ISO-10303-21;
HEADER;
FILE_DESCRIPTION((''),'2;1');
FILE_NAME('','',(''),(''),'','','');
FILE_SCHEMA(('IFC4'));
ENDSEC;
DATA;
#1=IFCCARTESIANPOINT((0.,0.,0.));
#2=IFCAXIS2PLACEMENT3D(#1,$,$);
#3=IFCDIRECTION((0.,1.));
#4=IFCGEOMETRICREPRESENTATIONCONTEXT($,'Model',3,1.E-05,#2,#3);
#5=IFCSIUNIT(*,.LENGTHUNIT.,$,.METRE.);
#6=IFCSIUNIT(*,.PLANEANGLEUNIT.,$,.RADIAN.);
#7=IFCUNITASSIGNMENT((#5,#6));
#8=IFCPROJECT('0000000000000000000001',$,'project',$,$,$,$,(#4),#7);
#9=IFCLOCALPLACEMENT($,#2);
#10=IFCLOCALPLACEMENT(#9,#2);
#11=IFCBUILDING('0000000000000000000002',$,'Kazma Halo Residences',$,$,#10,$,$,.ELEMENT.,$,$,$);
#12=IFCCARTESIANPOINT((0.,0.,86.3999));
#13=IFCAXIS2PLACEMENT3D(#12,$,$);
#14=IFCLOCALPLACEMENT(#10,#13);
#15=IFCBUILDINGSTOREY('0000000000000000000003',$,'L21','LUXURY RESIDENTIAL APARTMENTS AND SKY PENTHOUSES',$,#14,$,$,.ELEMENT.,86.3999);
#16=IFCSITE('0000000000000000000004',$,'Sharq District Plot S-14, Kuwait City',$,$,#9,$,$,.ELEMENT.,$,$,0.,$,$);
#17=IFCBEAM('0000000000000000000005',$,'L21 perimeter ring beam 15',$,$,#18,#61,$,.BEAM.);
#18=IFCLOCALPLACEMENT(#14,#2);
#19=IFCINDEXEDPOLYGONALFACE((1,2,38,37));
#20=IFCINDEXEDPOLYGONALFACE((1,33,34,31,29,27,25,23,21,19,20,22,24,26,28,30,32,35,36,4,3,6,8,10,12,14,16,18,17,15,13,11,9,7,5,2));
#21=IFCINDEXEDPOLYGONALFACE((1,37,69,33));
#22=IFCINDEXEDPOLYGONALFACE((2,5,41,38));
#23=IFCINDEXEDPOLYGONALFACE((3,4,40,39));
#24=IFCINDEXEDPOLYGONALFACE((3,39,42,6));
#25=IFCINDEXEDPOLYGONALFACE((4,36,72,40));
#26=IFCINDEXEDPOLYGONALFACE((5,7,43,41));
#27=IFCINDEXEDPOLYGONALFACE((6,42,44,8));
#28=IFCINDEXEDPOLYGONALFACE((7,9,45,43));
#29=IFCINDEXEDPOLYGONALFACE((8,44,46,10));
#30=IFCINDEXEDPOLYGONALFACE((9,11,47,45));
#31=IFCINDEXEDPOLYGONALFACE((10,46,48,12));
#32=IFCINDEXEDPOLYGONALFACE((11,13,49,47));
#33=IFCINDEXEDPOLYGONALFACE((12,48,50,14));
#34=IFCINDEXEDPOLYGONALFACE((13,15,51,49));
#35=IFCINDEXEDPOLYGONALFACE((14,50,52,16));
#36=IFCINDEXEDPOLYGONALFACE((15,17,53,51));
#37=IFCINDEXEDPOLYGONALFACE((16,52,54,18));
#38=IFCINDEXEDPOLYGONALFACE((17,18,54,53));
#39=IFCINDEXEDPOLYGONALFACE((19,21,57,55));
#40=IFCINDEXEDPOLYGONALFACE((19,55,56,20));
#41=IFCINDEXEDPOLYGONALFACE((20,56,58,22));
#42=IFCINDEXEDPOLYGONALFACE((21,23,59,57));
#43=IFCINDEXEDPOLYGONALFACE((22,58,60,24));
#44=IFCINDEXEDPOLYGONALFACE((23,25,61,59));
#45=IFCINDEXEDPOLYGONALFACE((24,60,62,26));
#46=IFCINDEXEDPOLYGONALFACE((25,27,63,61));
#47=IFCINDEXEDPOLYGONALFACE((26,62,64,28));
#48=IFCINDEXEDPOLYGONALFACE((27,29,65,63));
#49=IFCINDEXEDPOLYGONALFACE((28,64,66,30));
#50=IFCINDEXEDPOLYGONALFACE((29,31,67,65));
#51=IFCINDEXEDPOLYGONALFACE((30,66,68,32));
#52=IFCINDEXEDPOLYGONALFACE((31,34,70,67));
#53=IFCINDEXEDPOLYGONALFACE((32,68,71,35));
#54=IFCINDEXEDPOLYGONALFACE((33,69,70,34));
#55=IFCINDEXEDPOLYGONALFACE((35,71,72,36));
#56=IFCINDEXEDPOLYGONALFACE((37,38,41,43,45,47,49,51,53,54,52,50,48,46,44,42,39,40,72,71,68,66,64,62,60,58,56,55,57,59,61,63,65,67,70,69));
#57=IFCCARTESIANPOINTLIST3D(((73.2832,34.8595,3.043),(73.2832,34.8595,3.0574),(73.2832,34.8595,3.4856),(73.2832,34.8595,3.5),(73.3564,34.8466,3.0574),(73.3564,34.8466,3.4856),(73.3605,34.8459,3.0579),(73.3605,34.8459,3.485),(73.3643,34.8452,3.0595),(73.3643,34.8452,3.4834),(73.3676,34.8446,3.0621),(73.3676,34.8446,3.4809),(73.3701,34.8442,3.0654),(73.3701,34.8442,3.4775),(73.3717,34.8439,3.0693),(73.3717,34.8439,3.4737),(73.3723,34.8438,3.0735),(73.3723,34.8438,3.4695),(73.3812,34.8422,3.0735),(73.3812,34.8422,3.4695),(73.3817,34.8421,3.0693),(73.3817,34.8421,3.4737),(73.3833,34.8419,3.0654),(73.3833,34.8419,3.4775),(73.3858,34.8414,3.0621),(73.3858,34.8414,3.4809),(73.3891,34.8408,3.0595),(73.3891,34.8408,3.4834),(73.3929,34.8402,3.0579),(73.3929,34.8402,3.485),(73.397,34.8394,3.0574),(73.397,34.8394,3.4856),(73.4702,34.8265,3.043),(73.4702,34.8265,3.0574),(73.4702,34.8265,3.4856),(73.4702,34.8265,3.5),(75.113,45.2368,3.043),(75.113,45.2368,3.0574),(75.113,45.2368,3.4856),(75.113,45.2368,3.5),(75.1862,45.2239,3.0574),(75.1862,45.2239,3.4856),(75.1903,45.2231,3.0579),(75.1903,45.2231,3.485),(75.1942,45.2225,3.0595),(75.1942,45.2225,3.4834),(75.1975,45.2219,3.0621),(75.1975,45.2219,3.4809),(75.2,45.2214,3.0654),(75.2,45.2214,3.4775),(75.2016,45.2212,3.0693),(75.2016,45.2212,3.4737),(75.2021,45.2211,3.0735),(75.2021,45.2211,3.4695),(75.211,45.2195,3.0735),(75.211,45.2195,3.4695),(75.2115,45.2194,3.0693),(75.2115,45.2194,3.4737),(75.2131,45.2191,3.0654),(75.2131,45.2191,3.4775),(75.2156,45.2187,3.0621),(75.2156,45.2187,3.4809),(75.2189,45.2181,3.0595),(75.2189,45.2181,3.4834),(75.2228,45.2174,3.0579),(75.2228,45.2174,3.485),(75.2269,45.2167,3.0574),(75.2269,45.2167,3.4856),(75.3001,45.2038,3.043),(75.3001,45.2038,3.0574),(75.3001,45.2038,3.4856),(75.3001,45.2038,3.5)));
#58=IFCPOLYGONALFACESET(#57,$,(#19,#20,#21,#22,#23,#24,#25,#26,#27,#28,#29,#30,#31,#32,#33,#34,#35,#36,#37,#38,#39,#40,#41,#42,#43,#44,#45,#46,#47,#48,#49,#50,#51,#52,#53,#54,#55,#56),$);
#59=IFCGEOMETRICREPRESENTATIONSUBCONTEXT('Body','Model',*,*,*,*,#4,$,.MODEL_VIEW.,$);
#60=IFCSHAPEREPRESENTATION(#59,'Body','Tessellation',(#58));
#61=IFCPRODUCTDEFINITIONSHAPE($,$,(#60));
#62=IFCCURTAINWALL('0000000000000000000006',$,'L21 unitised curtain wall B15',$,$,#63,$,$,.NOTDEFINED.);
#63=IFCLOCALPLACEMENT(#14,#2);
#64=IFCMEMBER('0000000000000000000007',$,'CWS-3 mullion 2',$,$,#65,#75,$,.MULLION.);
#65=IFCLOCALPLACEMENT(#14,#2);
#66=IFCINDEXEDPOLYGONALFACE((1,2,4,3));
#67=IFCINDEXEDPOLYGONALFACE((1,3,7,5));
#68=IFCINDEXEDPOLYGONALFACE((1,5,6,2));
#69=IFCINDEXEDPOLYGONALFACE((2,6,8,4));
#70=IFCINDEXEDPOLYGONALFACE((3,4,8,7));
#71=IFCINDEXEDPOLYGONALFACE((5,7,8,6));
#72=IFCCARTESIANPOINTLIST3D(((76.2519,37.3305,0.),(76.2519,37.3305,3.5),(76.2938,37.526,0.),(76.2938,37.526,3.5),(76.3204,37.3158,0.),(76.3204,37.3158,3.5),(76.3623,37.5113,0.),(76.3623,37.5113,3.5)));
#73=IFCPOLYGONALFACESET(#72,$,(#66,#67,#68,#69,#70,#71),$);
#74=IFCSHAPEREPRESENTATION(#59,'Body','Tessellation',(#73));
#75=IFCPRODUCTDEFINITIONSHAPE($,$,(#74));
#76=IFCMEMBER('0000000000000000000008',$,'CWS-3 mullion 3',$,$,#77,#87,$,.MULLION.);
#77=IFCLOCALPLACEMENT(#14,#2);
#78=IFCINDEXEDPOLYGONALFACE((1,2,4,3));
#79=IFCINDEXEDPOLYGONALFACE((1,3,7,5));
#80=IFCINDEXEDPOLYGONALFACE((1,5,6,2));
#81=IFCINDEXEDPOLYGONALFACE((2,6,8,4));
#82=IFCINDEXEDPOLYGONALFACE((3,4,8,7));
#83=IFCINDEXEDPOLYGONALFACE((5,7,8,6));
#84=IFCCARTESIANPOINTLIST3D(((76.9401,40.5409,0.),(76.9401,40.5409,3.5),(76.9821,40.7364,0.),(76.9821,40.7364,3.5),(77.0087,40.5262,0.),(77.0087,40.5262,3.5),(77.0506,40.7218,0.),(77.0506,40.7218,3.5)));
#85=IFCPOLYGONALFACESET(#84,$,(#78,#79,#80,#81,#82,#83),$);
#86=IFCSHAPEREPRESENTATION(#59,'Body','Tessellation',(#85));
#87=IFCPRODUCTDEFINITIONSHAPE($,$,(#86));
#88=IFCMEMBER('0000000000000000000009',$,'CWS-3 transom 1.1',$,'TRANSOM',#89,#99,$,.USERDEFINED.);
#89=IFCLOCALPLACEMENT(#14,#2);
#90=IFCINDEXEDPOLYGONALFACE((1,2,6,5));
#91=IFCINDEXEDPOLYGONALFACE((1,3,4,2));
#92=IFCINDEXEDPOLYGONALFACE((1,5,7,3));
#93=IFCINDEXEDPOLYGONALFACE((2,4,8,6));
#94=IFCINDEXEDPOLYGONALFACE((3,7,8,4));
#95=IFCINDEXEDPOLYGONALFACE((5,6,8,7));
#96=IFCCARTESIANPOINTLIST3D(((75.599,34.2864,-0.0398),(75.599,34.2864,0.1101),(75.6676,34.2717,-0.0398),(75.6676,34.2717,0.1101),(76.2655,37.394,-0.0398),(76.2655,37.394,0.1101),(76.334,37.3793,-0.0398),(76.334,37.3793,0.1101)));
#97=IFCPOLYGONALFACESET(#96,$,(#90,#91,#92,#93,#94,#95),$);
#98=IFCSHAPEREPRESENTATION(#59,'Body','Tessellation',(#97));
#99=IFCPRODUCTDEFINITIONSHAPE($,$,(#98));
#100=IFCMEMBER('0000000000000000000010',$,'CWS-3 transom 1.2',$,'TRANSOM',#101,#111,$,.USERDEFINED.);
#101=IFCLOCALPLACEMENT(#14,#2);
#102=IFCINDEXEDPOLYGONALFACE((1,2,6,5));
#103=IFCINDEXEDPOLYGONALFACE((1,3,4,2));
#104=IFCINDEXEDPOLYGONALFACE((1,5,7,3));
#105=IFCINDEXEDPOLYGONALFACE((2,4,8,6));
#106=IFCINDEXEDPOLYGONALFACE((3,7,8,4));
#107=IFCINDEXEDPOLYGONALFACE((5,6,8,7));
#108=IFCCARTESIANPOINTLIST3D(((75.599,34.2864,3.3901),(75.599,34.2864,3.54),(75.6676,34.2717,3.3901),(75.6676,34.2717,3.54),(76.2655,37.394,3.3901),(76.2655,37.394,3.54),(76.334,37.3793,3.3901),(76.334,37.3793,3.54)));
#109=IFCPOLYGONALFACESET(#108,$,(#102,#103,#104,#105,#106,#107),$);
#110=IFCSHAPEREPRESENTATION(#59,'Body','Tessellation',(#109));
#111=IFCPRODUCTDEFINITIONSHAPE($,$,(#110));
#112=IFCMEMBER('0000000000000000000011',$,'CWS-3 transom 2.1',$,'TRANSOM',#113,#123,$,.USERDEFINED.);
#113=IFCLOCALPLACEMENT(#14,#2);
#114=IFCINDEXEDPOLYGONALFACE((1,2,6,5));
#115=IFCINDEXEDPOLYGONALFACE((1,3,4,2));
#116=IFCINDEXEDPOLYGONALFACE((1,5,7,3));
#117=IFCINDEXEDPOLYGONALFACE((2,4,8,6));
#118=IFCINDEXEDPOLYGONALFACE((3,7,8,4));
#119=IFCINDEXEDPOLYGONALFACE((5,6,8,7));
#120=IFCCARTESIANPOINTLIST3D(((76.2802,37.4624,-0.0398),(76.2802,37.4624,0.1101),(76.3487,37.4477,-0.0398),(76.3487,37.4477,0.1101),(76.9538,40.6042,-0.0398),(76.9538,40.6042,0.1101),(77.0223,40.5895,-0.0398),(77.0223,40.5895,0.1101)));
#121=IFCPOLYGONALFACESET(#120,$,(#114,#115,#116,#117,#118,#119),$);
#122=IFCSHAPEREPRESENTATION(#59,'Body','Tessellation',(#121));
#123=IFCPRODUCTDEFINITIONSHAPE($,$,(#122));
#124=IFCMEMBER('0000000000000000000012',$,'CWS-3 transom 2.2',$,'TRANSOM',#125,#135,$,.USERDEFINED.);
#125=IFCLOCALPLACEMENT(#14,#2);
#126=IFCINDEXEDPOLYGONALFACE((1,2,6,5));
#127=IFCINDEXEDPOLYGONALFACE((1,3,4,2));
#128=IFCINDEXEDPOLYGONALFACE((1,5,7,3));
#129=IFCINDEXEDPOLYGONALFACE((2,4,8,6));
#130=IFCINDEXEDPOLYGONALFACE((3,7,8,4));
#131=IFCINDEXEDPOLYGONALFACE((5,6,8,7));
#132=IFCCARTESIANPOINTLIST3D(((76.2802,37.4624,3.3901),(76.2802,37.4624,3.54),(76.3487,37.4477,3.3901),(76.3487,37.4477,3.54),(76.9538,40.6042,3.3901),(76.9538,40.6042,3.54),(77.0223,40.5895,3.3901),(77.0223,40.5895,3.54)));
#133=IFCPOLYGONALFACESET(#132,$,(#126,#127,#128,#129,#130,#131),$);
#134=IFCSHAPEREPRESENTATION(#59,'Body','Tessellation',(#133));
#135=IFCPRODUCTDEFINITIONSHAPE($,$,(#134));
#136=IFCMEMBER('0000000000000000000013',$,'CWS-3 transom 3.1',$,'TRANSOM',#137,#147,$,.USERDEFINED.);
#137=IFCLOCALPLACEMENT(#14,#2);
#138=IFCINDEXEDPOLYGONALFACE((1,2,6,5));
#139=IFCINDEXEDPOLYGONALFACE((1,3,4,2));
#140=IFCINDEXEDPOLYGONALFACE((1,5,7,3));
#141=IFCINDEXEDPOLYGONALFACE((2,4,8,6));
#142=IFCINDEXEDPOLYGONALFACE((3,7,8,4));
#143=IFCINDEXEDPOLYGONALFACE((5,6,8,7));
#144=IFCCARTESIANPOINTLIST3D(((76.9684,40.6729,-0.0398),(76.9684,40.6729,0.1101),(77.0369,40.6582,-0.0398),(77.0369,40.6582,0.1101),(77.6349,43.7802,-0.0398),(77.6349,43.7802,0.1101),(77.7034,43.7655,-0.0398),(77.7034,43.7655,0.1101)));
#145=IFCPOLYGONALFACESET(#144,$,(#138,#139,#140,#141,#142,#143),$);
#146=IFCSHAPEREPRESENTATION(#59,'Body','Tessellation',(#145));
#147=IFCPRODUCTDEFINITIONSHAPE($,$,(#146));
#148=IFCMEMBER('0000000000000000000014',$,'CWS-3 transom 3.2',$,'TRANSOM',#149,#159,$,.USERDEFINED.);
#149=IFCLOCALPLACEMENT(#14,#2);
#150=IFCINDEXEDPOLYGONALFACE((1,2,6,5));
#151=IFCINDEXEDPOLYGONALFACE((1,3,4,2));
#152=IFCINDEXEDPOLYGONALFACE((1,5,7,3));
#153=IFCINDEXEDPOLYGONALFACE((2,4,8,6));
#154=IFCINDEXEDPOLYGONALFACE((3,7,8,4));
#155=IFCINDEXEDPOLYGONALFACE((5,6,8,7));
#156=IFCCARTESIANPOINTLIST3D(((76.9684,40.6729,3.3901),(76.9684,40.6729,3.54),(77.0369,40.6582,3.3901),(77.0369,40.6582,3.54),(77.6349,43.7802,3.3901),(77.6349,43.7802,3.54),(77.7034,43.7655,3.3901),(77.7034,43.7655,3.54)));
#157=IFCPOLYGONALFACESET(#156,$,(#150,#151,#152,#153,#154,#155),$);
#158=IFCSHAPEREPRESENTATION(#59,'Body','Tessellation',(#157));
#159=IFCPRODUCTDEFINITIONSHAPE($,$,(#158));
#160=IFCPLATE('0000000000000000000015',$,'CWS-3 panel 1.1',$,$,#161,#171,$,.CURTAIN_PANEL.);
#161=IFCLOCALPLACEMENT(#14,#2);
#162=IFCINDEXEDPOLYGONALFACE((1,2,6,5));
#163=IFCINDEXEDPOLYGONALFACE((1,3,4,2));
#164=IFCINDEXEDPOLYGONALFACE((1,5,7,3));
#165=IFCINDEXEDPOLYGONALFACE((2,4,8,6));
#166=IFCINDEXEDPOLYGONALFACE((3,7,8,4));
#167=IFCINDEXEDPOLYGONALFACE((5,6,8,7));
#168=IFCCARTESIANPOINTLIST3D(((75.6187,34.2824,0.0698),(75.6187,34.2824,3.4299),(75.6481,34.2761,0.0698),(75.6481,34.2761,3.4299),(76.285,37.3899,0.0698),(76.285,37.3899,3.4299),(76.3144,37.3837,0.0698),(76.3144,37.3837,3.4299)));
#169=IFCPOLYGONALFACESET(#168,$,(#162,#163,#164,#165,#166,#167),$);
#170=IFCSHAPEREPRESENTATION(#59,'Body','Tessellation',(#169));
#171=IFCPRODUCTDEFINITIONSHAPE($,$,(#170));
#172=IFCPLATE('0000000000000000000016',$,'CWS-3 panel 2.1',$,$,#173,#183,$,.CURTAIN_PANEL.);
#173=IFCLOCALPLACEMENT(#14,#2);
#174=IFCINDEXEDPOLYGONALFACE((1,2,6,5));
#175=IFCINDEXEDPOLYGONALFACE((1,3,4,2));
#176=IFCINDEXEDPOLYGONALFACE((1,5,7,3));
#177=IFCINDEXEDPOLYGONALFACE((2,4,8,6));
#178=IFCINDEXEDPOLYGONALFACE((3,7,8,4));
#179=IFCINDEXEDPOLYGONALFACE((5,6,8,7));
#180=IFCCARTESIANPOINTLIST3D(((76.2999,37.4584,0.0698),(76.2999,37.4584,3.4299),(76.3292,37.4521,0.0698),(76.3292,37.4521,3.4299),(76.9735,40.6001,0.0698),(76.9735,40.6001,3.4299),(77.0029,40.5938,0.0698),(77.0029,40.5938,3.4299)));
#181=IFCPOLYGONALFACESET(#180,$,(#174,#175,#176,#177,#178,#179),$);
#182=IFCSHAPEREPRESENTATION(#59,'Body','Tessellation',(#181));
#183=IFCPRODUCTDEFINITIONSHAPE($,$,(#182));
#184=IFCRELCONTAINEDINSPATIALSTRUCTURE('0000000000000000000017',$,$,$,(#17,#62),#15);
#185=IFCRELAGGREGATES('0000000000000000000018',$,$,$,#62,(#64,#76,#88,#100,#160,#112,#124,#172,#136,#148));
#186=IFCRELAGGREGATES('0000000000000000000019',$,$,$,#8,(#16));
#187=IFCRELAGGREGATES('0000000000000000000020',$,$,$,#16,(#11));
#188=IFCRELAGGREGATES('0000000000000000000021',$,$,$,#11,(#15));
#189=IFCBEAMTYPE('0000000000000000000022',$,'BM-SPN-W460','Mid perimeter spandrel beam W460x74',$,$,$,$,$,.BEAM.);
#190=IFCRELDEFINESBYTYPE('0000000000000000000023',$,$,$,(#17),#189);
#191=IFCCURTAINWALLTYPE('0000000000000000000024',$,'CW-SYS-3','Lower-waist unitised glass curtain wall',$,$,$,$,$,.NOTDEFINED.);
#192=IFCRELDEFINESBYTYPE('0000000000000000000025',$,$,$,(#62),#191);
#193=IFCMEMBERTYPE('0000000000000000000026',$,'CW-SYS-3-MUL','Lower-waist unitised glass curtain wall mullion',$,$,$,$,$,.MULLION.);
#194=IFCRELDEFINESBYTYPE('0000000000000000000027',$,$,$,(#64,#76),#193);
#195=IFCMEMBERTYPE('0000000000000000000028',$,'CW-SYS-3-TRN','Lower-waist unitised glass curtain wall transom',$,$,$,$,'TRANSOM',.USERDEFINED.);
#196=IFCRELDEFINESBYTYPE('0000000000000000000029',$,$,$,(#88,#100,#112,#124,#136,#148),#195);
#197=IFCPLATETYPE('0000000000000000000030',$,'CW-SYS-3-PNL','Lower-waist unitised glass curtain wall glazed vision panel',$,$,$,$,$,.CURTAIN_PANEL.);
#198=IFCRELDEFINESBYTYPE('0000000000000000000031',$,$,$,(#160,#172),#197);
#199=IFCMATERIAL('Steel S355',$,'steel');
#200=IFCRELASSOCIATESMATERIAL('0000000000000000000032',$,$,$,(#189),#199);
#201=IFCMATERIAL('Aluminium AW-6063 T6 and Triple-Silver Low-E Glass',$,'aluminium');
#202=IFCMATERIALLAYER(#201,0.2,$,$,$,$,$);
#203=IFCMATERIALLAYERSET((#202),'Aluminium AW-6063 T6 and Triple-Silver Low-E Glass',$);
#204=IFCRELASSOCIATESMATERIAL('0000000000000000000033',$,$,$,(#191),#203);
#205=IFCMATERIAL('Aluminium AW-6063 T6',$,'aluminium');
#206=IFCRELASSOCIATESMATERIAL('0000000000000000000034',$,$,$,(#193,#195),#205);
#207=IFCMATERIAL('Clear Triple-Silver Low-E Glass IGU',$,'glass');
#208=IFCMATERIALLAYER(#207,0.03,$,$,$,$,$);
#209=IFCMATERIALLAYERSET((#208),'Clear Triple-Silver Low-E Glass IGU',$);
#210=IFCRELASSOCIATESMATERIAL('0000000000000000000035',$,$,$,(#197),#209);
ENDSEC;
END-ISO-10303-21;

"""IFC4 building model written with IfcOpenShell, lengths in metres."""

from ifc_helpers import new_model, si_unit, direction, frame, origin, origin_2d, place, context, subcontext, project, spatial, rectangle, i_section, extrude, material, layer, layer_set, material_profile, profile_set, type_object, element, aggregate, save


model = new_model("IFC4")

# Units and contexts
model_context = context("Model", 3, precision=1e-05, world=origin(), true_north=direction((0.0, 1.0)))
body_context = subcontext(model_context, "Body", "Model", "MODEL_VIEW")
ifc_project = project(units=[si_unit("LENGTHUNIT", "METRE"), si_unit("PLANEANGLEUNIT", "RADIAN")], contexts=[model_context])

# Site, building, storey
site_placement = place(None, origin())
site = spatial("IfcSite", under=ifc_project, at=site_placement, Name="Sharq District Plot S-14, Kuwait City", CompositionType="ELEMENT", RefElevation=0.0)
building_placement = place(site_placement, origin())
building = spatial("IfcBuilding", under=site, at=building_placement, Name="Kazma Halo Residences", CompositionType="ELEMENT")
storey_placement = place(building_placement, frame((0.0, 0.0, 86.3999)))
storey = spatial("IfcBuildingStorey", under=building, at=storey_placement, Name="L21", Description="LUXURY RESIDENTIAL APARTMENTS AND SKY PENTHOUSES", CompositionType="ELEMENT", Elevation=86.3999)

# Beam
ifc_material_1 = material(Name="Steel S355", Category="steel")
ifc_material_profile_1 = material_profile(ifc_material_1, i_section(OverallWidth=0.1899, OverallDepth=0.457, WebThickness=0.009, FlangeThickness=0.0144, FilletRadius=0.0161, at=origin_2d()), Name="W460x74")
ifc_profile_set_1 = profile_set([ifc_material_profile_1], Name="Steel S355")
beam_type_1 = type_object("IfcBeamType", Name="BM-SPN-W460", Description="Mid perimeter spandrel beam W460x74", PredefinedType="BEAM", material=ifc_profile_set_1)
beam_1_placement = place(storey_placement, frame((73.3767, 34.843, 3.2715), z_axis=(0.173653, 0.984807, 0.0), x_axis=(-0.984807, 0.173653, 0.0)))
element("IfcBeam", 1, at=beam_1_placement, inside=storey, type_object=beam_type_1, Name="L21 perimeter ring beam 15", PredefinedType="BEAM", context=body_context, shape_type="SweptSolid", body=[
    extrude(i_section(OverallWidth=0.1899, OverallDepth=0.457, WebThickness=0.009, FlangeThickness=0.0144, FilletRadius=0.0161, at=origin_2d()), origin(), (0.0, 0.0, 1.0), 10.5374),
])

# Curtain wall, members, plates
ifc_material_2 = material(Name="Aluminium AW-6063 T6 and Triple-Silver Low-E Glass", Category="aluminium")
ifc_layer_1 = layer(ifc_material_2, 0.2)
ifc_layer_set_1 = layer_set([ifc_layer_1], Name="Aluminium AW-6063 T6 and Triple-Silver Low-E Glass")
curtain_wall_type = type_object("IfcCurtainWallType", Name="CW-SYS-3", Description="Lower-waist unitised glass curtain wall", PredefinedType="NOTDEFINED", material=ifc_layer_set_1)
curtain_wall_placement = place(storey_placement, origin())
curtain_wall = element("IfcCurtainWall", 2, at=curtain_wall_placement, inside=storey, type_object=curtain_wall_type, Name="L21 unitised curtain wall B15", PredefinedType="NOTDEFINED")
ifc_material_3 = material(Name="Aluminium AW-6063 T6", Category="aluminium")
ifc_material_profile_2 = material_profile(ifc_material_3, rectangle(XDim=0.0701, YDim=0.2, at=origin_2d()), Name="CWM-70x200")
ifc_profile_set_2 = profile_set([ifc_material_profile_2], Name="Aluminium AW-6063 T6")
member_type_1 = type_object("IfcMemberType", Name="CW-SYS-3-MUL", Description="Lower-waist unitised glass curtain wall mullion", PredefinedType="MULLION", material=ifc_profile_set_2)
member_1_placement = place(storey_placement, frame((76.3071, 37.4209, 0.0), z_axis=(0.0, 0.0, 1.0), x_axis=(-0.977774, 0.209661, 0.0)))
member_1 = element("IfcMember", 3, at=member_1_placement, type_object=member_type_1, Name="CWS-3 mullion 2", PredefinedType="MULLION", context=body_context, shape_type="SweptSolid", body=[
    extrude(rectangle(XDim=0.0701, YDim=0.2, at=origin_2d()), origin(), (0.0, 0.0, 1.0), 3.5),
])
member_2_placement = place(storey_placement, frame((76.9954, 40.6313, 0.0), z_axis=(0.0, 0.0, 1.0), x_axis=(-0.977774, 0.209661, 0.0)))
member_2 = element("IfcMember", 4, at=member_2_placement, type_object=member_type_1, Name="CWS-3 mullion 3", PredefinedType="MULLION", context=body_context, shape_type="SweptSolid", body=[
    extrude(rectangle(XDim=0.0701, YDim=0.2, at=origin_2d()), origin(), (0.0, 0.0, 1.0), 3.5),
])
ifc_material_profile_3 = material_profile(ifc_material_3, rectangle(XDim=0.0701, YDim=0.1499, at=origin_2d()), Name="CWT-70x150")
ifc_profile_set_3 = profile_set([ifc_material_profile_3], Name="Aluminium AW-6063 T6")
member_type_2 = type_object("IfcMemberType", Name="CW-SYS-3-TRN", Description="Lower-waist unitised glass curtain wall transom", ElementType="TRANSOM", PredefinedType="USERDEFINED", material=ifc_profile_set_3)
member_3_placement = place(storey_placement, frame((75.6333, 34.2791, 0.0352), z_axis=(0.209702, 0.977765, 0.0), x_axis=(-0.977765, 0.209702, 0.0)))
member_3 = element("IfcMember", 5, at=member_3_placement, type_object=member_type_2, Name="CWS-3 transom 1.1", ObjectType="TRANSOM", PredefinedType="USERDEFINED", context=body_context, shape_type="SweptSolid", body=[
    extrude(rectangle(XDim=0.0701, YDim=0.1499, at=origin_2d()), origin(), (0.0, 0.0, 1.0), 3.1782),
])
member_4_placement = place(storey_placement, frame((75.6333, 34.2791, 3.4651), z_axis=(0.209702, 0.977765, 0.0), x_axis=(-0.977765, 0.209702, 0.0)))
member_4 = element("IfcMember", 6, at=member_4_placement, type_object=member_type_2, Name="CWS-3 transom 1.2", ObjectType="TRANSOM", PredefinedType="USERDEFINED", context=body_context, shape_type="SweptSolid", body=[
    extrude(rectangle(XDim=0.0701, YDim=0.1499, at=origin_2d()), origin(), (0.0, 0.0, 1.0), 3.1782),
])
member_5_placement = place(storey_placement, frame((76.3145, 37.4551, 0.0352), z_axis=(0.209628, 0.977781, 0.0), x_axis=(-0.977781, 0.209628, 0.0)))
member_5 = element("IfcMember", 7, at=member_5_placement, type_object=member_type_2, Name="CWS-3 transom 2.1", ObjectType="TRANSOM", PredefinedType="USERDEFINED", context=body_context, shape_type="SweptSolid", body=[
    extrude(rectangle(XDim=0.0701, YDim=0.1499, at=origin_2d()), origin(), (0.0, 0.0, 1.0), 3.2131),
])
member_6_placement = place(storey_placement, frame((76.3145, 37.4551, 3.4651), z_axis=(0.209628, 0.977781, 0.0), x_axis=(-0.977781, 0.209628, 0.0)))
member_6 = element("IfcMember", 8, at=member_6_placement, type_object=member_type_2, Name="CWS-3 transom 2.2", ObjectType="TRANSOM", PredefinedType="USERDEFINED", context=body_context, shape_type="SweptSolid", body=[
    extrude(rectangle(XDim=0.0701, YDim=0.1499, at=origin_2d()), origin(), (0.0, 0.0, 1.0), 3.2131),
])
member_7_placement = place(storey_placement, frame((77.0027, 40.6655, 0.0352), z_axis=(0.209718, 0.977762, 0.0), x_axis=(-0.977762, 0.209718, 0.0)))
member_7 = element("IfcMember", 9, at=member_7_placement, type_object=member_type_2, Name="CWS-3 transom 3.1", ObjectType="TRANSOM", PredefinedType="USERDEFINED", context=body_context, shape_type="SweptSolid", body=[
    extrude(rectangle(XDim=0.0701, YDim=0.1499, at=origin_2d()), origin(), (0.0, 0.0, 1.0), 3.178),
])
member_8_placement = place(storey_placement, frame((77.0027, 40.6655, 3.4651), z_axis=(0.209718, 0.977762, 0.0), x_axis=(-0.977762, 0.209718, 0.0)))
member_8 = element("IfcMember", 10, at=member_8_placement, type_object=member_type_2, Name="CWS-3 transom 3.2", ObjectType="TRANSOM", PredefinedType="USERDEFINED", context=body_context, shape_type="SweptSolid", body=[
    extrude(rectangle(XDim=0.0701, YDim=0.1499, at=origin_2d()), origin(), (0.0, 0.0, 1.0), 3.178),
])
ifc_material_4 = material(Name="Clear Triple-Silver Low-E Glass IGU", Category="glass")
ifc_layer_2 = layer(ifc_material_4, 0.03)
ifc_layer_set_2 = layer_set([ifc_layer_2], Name="Clear Triple-Silver Low-E Glass IGU")
plate_type = type_object("IfcPlateType", Name="CW-SYS-3-PNL", Description="Lower-waist unitised glass curtain wall glazed vision panel", PredefinedType="CURTAIN_PANEL", material=ifc_layer_set_2)
plate_1_placement = place(storey_placement, frame((75.9666, 35.833, 0.0698), z_axis=(0.0, 0.0, 1.0), x_axis=(0.209661, 0.977774, 0.0)))
plate_1 = element("IfcPlate", 11, at=plate_1_placement, type_object=plate_type, Name="CWS-3 panel 1.1", PredefinedType="CURTAIN_PANEL", context=body_context, shape_type="SweptSolid", body=[
    extrude(rectangle(XDim=3.1782, YDim=0.03, at=origin_2d()), origin(), (0.0, 0.0, 1.0), 3.3601),
])
plate_2_placement = place(storey_placement, frame((76.6514, 39.0261, 0.0698), z_axis=(0.0, 0.0, 1.0), x_axis=(0.209661, 0.977774, 0.0)))
plate_2 = element("IfcPlate", 12, at=plate_2_placement, type_object=plate_type, Name="CWS-3 panel 2.1", PredefinedType="CURTAIN_PANEL", context=body_context, shape_type="SweptSolid", body=[
    extrude(rectangle(XDim=3.2131, YDim=0.03, at=origin_2d()), origin(), (0.0, 0.0, 1.0), 3.3601),
])
aggregate(curtain_wall, [member_1, member_2, member_3, member_4, plate_1, member_5, member_6, plate_2, member_7, member_8])

save(model, "model.ifc")
